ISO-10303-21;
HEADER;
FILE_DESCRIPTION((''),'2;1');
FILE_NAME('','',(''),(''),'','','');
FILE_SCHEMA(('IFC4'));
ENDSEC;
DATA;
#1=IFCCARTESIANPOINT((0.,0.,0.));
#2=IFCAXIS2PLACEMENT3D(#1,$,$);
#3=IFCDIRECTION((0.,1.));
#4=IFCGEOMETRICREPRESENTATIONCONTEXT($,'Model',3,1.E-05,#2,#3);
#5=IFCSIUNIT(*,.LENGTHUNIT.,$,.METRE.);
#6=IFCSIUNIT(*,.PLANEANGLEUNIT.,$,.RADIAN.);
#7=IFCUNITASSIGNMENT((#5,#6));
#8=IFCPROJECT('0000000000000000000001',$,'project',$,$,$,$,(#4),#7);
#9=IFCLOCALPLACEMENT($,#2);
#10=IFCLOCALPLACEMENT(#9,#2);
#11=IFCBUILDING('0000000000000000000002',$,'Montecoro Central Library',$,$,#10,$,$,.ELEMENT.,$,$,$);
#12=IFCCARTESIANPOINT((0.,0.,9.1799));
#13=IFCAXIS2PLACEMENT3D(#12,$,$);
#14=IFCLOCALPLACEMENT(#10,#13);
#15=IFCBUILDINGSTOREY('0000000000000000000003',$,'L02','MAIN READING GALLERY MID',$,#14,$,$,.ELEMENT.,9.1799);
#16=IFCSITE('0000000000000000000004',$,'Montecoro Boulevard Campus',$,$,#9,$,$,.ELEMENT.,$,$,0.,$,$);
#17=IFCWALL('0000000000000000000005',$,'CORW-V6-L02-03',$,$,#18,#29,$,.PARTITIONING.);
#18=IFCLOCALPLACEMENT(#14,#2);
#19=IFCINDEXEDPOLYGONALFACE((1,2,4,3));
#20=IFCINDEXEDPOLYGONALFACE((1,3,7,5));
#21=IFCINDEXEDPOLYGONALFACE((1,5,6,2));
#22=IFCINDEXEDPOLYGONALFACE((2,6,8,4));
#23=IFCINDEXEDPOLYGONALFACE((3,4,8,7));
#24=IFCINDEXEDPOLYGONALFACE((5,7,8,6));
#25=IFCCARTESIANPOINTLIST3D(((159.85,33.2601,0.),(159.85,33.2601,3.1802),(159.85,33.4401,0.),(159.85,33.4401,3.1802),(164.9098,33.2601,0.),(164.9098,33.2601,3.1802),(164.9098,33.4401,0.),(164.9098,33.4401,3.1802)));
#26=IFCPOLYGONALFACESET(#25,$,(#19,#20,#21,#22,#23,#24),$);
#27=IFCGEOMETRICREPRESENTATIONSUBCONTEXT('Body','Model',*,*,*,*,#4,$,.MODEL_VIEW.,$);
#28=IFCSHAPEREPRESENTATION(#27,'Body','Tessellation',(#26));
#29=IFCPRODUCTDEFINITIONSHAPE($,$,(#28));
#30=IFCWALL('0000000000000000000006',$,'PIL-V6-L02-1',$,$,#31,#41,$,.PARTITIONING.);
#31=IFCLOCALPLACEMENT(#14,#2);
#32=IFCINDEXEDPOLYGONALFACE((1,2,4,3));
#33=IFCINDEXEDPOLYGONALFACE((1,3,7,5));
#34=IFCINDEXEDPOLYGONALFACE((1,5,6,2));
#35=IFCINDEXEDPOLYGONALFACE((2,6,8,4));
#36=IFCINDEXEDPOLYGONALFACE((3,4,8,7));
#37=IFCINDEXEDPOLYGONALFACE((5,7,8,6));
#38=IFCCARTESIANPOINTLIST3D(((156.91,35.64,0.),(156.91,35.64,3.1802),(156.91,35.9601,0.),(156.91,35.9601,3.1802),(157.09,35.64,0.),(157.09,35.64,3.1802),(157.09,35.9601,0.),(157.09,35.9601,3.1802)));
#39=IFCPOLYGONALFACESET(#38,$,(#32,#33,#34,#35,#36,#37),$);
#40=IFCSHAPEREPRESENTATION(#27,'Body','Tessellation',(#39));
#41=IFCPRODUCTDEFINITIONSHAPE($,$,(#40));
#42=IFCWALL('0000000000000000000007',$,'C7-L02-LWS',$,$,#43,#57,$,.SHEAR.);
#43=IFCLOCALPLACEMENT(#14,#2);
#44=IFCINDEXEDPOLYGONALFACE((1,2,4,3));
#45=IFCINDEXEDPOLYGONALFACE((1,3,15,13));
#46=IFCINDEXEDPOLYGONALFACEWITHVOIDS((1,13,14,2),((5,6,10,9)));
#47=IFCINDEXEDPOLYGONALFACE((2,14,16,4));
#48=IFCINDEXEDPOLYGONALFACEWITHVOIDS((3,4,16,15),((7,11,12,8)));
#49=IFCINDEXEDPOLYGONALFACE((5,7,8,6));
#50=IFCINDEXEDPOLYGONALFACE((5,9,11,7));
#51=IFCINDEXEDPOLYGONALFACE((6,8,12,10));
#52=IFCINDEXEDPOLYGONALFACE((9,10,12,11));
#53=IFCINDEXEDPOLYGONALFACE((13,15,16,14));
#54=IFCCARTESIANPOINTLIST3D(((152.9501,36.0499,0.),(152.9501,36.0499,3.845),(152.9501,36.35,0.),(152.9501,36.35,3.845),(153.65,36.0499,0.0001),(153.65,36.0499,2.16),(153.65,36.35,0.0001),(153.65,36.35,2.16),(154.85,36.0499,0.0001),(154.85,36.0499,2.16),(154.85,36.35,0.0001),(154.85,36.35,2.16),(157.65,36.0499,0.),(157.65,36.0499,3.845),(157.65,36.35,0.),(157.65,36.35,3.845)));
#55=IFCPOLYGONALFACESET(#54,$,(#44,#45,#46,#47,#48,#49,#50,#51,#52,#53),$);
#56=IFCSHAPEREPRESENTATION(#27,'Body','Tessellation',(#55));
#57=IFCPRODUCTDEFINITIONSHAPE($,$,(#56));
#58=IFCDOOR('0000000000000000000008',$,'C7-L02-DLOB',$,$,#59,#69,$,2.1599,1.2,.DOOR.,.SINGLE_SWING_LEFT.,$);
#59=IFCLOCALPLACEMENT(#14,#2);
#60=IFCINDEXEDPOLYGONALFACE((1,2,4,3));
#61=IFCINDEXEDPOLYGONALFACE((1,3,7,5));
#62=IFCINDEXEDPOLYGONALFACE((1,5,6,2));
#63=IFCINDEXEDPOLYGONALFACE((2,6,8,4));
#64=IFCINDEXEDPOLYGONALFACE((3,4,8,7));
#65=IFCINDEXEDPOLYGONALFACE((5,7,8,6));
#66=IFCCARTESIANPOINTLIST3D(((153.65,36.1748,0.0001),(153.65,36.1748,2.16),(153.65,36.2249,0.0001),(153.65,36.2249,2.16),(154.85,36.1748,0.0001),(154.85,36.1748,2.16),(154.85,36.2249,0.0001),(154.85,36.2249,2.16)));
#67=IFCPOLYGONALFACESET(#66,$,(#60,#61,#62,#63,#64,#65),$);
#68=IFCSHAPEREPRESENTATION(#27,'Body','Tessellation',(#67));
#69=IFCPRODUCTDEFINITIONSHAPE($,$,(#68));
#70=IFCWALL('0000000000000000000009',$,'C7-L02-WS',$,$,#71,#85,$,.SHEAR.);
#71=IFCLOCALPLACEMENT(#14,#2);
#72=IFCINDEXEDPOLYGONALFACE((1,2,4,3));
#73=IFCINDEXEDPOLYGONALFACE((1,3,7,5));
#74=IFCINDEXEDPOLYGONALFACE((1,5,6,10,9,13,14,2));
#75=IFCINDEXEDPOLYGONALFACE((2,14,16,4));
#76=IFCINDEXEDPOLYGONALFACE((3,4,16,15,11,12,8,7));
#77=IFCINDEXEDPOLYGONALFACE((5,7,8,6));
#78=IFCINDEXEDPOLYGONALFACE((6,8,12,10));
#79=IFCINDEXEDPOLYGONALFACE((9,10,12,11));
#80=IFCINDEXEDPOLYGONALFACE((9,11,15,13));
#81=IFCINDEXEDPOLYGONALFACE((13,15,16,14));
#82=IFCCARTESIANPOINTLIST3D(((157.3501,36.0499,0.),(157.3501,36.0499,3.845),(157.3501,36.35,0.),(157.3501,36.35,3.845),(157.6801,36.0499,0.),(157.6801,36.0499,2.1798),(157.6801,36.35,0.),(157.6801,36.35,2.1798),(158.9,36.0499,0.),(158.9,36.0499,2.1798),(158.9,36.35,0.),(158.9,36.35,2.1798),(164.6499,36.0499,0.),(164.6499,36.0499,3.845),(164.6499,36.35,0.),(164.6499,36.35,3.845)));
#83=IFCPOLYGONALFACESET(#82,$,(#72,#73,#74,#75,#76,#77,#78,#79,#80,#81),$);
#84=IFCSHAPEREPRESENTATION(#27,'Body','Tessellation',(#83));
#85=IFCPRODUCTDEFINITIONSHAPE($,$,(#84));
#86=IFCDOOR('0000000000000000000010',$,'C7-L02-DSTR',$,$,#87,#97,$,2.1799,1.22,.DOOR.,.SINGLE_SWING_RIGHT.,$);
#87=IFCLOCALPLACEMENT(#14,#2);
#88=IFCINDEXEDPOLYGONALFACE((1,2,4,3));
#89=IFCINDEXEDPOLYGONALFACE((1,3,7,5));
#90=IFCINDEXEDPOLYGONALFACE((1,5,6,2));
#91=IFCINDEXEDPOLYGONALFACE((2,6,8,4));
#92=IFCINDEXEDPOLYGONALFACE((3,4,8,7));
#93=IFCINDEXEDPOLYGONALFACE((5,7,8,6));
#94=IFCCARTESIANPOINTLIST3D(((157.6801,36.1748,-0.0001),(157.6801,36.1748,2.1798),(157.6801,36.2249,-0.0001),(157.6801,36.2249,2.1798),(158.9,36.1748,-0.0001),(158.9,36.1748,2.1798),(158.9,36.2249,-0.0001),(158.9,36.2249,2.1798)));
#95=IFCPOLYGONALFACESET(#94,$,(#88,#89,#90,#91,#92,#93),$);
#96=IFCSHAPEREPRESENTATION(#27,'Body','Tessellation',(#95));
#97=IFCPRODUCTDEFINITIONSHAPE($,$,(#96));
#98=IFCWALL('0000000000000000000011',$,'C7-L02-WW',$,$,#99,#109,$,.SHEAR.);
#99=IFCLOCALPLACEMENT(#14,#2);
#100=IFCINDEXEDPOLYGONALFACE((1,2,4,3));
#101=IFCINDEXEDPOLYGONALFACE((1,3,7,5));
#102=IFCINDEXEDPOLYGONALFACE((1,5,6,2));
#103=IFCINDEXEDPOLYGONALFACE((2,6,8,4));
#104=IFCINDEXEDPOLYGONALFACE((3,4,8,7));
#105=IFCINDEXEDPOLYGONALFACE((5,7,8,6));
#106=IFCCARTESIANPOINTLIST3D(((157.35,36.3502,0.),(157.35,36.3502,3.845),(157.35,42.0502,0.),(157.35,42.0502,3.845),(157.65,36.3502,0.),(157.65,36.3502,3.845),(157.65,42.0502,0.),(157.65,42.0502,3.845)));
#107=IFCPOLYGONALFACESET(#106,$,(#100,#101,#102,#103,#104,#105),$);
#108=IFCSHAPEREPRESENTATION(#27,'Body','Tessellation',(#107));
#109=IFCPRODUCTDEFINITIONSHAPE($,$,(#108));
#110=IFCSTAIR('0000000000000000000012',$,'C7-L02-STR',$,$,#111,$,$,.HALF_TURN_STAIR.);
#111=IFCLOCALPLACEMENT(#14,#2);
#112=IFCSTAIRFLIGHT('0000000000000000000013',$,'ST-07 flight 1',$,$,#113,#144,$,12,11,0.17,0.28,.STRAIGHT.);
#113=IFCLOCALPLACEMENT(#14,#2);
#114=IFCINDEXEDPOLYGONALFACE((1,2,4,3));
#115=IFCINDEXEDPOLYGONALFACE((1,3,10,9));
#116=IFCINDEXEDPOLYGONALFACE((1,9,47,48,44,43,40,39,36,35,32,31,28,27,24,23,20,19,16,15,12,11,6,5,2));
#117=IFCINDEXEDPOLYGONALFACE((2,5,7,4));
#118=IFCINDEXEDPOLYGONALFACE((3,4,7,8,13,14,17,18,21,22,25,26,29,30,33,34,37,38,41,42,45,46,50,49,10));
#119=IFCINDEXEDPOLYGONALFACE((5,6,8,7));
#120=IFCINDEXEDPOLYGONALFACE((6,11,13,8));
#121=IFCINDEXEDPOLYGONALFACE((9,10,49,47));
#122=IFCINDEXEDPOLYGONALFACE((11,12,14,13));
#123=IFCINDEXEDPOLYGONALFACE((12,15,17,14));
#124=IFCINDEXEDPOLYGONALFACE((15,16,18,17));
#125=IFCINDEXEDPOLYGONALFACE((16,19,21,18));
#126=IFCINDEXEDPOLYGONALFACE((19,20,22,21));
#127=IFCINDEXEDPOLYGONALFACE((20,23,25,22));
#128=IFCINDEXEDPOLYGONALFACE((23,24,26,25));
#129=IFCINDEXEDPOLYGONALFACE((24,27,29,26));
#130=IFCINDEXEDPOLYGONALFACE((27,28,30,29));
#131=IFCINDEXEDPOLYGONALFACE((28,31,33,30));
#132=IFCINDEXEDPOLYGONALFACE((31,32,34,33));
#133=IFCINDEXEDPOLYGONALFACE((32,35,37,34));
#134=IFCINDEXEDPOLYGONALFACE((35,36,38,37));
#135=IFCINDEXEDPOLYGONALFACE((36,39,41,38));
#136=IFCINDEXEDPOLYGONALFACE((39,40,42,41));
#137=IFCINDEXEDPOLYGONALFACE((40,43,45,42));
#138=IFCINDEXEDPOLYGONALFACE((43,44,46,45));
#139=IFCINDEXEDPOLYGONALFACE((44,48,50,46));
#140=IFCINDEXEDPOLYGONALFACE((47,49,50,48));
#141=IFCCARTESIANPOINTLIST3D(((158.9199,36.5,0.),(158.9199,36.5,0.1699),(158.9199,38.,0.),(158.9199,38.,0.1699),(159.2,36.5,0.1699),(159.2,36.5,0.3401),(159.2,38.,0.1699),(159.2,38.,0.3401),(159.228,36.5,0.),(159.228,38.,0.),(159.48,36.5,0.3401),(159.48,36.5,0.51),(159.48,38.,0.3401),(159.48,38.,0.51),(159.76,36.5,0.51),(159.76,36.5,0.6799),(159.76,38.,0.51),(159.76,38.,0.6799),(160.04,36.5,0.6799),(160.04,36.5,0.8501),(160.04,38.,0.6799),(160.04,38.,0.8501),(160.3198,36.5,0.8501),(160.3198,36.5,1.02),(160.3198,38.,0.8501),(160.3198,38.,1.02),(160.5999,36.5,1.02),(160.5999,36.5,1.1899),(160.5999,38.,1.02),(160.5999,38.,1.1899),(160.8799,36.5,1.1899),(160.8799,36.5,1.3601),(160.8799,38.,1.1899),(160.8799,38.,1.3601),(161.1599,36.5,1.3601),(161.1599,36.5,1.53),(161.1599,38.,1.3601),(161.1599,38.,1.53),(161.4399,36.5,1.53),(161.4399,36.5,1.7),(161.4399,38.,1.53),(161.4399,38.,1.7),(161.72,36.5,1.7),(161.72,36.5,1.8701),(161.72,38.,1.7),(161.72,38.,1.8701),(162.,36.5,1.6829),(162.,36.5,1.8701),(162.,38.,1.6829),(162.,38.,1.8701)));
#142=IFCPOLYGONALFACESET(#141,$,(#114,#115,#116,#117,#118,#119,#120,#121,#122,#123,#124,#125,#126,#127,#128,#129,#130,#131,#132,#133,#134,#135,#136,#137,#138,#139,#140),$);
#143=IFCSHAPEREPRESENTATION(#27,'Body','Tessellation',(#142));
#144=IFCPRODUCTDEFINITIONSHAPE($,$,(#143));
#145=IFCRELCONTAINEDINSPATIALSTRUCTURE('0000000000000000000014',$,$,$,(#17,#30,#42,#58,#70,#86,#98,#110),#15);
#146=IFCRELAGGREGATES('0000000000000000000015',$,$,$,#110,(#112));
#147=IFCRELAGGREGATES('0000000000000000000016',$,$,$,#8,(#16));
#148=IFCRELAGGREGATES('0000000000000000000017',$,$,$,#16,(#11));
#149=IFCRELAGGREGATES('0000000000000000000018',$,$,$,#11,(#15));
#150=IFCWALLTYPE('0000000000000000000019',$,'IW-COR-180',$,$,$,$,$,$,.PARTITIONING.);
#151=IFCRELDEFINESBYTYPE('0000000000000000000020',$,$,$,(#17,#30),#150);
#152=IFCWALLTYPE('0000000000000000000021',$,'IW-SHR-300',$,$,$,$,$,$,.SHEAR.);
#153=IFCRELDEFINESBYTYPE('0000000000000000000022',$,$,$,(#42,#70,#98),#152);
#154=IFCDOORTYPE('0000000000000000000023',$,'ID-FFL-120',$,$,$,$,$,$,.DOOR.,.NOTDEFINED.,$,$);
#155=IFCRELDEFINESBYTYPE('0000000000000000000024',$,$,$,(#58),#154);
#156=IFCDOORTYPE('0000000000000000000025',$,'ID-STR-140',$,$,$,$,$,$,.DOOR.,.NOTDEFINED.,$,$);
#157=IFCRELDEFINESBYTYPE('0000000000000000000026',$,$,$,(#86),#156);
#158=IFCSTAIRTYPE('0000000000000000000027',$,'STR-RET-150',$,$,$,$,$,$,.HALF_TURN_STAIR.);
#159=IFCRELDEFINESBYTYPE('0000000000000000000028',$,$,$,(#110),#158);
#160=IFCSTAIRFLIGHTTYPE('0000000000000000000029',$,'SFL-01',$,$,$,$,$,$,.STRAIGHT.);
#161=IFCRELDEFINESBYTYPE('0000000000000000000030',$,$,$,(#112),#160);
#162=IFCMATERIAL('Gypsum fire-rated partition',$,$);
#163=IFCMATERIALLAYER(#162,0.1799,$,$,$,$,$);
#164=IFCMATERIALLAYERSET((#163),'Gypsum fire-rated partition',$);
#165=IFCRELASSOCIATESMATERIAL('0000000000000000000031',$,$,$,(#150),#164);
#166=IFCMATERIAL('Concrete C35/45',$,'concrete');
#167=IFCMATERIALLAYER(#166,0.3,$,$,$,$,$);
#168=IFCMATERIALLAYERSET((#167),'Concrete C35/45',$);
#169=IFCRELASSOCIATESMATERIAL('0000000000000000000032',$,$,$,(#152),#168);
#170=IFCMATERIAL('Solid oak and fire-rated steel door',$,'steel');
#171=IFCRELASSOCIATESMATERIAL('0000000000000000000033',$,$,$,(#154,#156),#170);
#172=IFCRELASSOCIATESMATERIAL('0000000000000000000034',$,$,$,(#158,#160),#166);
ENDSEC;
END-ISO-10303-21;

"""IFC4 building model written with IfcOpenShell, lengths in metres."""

from ifc_helpers import new_model, si_unit, direction, frame, frame_2d, origin, place, context, subcontext, project, spatial, polyline, rectangle, outline, extrude, material, layer, layer_set, type_object, element, fill, aggregate, save


model = new_model("IFC4")

# Units and contexts
model_context = context("Model", 3, precision=1e-05, world=origin(), true_north=direction((0.0, 1.0)))
body_context = subcontext(model_context, "Body", "Model", "MODEL_VIEW")
ifc_project = project(units=[si_unit("LENGTHUNIT", "METRE"), si_unit("PLANEANGLEUNIT", "RADIAN")], contexts=[model_context])

# Site, building, storey
site_placement = place(None, origin())
site = spatial("IfcSite", under=ifc_project, at=site_placement, Name="Montecoro Boulevard Campus", CompositionType="ELEMENT", RefElevation=0.0)
building_placement = place(site_placement, origin())
building = spatial("IfcBuilding", under=site, at=building_placement, Name="Montecoro Central Library", CompositionType="ELEMENT")
storey_placement = place(building_placement, frame((0.0, 0.0, 9.1799)))
storey = spatial("IfcBuildingStorey", under=building, at=storey_placement, Name="L02", Description="MAIN READING GALLERY MID", CompositionType="ELEMENT", Elevation=9.1799)

# Shared definitions
ifc_material_1 = material(Name="Concrete C35/45", Category="concrete")

# Shared definitions
ifc_material_2 = material(Name="Gypsum fire-rated partition")
ifc_layer_1 = layer(ifc_material_2, 0.1799)
ifc_layer_set_1 = layer_set([ifc_layer_1], Name="Gypsum fire-rated partition")
wall_type_1 = type_object("IfcWallType", Name="IW-COR-180", PredefinedType="PARTITIONING", material=ifc_layer_set_1)
ifc_material_3 = material(Name="Solid oak and fire-rated steel door", Category="steel")

# Walls
wall_1_placement = place(storey_placement, frame((159.8501, 33.3501, 0.0), z_axis=(0.0, 0.0, 1.0), x_axis=(1.0, 0.0, 0.0)))
element("IfcWall", 1, at=wall_1_placement, inside=storey, type_object=wall_type_1, Name="CORW-V6-L02-03", PredefinedType="PARTITIONING", context=body_context, shape_type="SweptSolid", body=[
    extrude(rectangle(XDim=5.0598, YDim=0.1799, at=frame_2d((2.5298, 0.0))), origin(), (0.0, 0.0, 1.0), 3.1802),
])
wall_2_placement = place(storey_placement, frame((157.0, 35.6399, 0.0), z_axis=(0.0, 0.0, 1.0), x_axis=(0.0, 1.0, 0.0)))
element("IfcWall", 2, at=wall_2_placement, inside=storey, type_object=wall_type_1, Name="PIL-V6-L02-1", PredefinedType="PARTITIONING", context=body_context, shape_type="SweptSolid", body=[
    extrude(rectangle(XDim=0.3201, YDim=0.1799, at=frame_2d((0.1602, 0.0))), origin(), (0.0, 0.0, 1.0), 3.1802),
])

# Walls, openings, doors
ifc_layer_2 = layer(ifc_material_1, 0.3)
ifc_layer_set_2 = layer_set([ifc_layer_2], Name="Concrete C35/45")
wall_type_2 = type_object("IfcWallType", Name="IW-SHR-300", PredefinedType="SHEAR", material=ifc_layer_set_2)
wall_3_placement = place(storey_placement, frame((152.95, 36.2, 0.0), z_axis=(0.0, 0.0, 1.0), x_axis=(1.0, 0.0, 0.0)))
wall_3 = element("IfcWall", 3, at=wall_3_placement, inside=storey, type_object=wall_type_2, Name="C7-L02-LWS", PredefinedType="SHEAR", context=body_context, shape_type="SweptSolid", body=[
    extrude(rectangle(XDim=4.7, YDim=0.3, at=frame_2d((2.3501, 0.0))), origin(), (0.0, 0.0, 1.0), 3.845),
])
opening_1_placement = place(wall_3_placement, frame((0.7, 0.0, 0.0)))
opening_1 = element("IfcOpeningElement", 4, at=opening_1_placement, cuts=wall_3, PredefinedType="OPENING", context=body_context, shape_type="SweptSolid", body=[
    extrude(rectangle(XDim=1.2, YDim=2.1599, at=frame_2d((0.6001, 1.0801))), frame((0.0, 0.1599, 0.0), z_axis=(0.0, -1.0, 0.0), x_axis=(1.0, 0.0, 0.0)), (0.0, 0.0, 1.0), 0.3201),
])
door_type_1 = type_object("IfcDoorType", Name="ID-FFL-120", OperationType="NOTDEFINED", PredefinedType="DOOR", material=ifc_material_3)
door_1_placement = place(opening_1_placement, origin())
door_1 = element("IfcDoor", 5, at=door_1_placement, inside=storey, type_object=door_type_1, Name="C7-L02-DLOB", OperationType="SINGLE_SWING_LEFT", OverallHeight=2.1599, OverallWidth=1.2, PredefinedType="DOOR", context=body_context, shape_type="SweptSolid", body=[
    extrude(rectangle(XDim=1.2, YDim=2.1599, at=frame_2d((0.6001, 1.0801))), frame((0.0, 0.0249, 0.0), z_axis=(0.0, -1.0, 0.0), x_axis=(1.0, 0.0, 0.0)), (0.0, 0.0, 1.0), 0.05),
])
fill(opening_1, door_1)
wall_4_placement = place(storey_placement, frame((157.3501, 36.2, 0.0), z_axis=(0.0, 0.0, 1.0), x_axis=(1.0, 0.0, 0.0)))
wall_4 = element("IfcWall", 6, at=wall_4_placement, inside=storey, type_object=wall_type_2, Name="C7-L02-WS", PredefinedType="SHEAR", context=body_context, shape_type="SweptSolid", body=[
    extrude(rectangle(XDim=7.2998, YDim=0.3, at=frame_2d((3.6499, 0.0))), origin(), (0.0, 0.0, 1.0), 3.845),
])
opening_2_placement = place(wall_4_placement, frame((0.3301, 0.0, 0.0)))
opening_2 = element("IfcOpeningElement", 7, at=opening_2_placement, cuts=wall_4, PredefinedType="OPENING", context=body_context, shape_type="SweptSolid", body=[
    extrude(rectangle(XDim=1.22, YDim=2.1799, at=frame_2d((0.6099, 1.0898))), frame((0.0, 0.1599, 0.0), z_axis=(0.0, -1.0, 0.0), x_axis=(1.0, 0.0, 0.0)), (0.0, 0.0, 1.0), 0.3201),
])
door_type_2 = type_object("IfcDoorType", Name="ID-STR-140", OperationType="NOTDEFINED", PredefinedType="DOOR", material=ifc_material_3)
door_2_placement = place(opening_2_placement, origin())
door_2 = element("IfcDoor", 8, at=door_2_placement, inside=storey, type_object=door_type_2, Name="C7-L02-DSTR", OperationType="SINGLE_SWING_RIGHT", OverallHeight=2.1799, OverallWidth=1.22, PredefinedType="DOOR", context=body_context, shape_type="SweptSolid", body=[
    extrude(rectangle(XDim=1.22, YDim=2.1799, at=frame_2d((0.6099, 1.0898))), frame((0.0, 0.0249, 0.0), z_axis=(0.0, -1.0, 0.0), x_axis=(1.0, 0.0, 0.0)), (0.0, 0.0, 1.0), 0.05),
])
fill(opening_2, door_2)

# Wall
wall_5_placement = place(storey_placement, frame((157.5, 36.3501, 0.0), z_axis=(0.0, 0.0, 1.0), x_axis=(0.0, 1.0, 0.0)))
element("IfcWall", 9, at=wall_5_placement, inside=storey, type_object=wall_type_2, Name="C7-L02-WW", PredefinedType="SHEAR", context=body_context, shape_type="SweptSolid", body=[
    extrude(rectangle(XDim=5.7, YDim=0.3, at=frame_2d((2.8501, 0.0))), origin(), (0.0, 0.0, 1.0), 3.845),
])

# Stair, stair flight
stair_type = type_object("IfcStairType", Name="STR-RET-150", PredefinedType="HALF_TURN_STAIR", material=ifc_material_1)
stair_placement = place(storey_placement, origin())
stair = element("IfcStair", 10, at=stair_placement, inside=storey, type_object=stair_type, Name="C7-L02-STR", PredefinedType="HALF_TURN_STAIR")
stair_flight_type = type_object("IfcStairFlightType", Name="SFL-01", PredefinedType="STRAIGHT", material=ifc_material_1)
stair_flight_placement = place(storey_placement, frame((158.9199, 37.25, 0.0), z_axis=(0.0, 0.0, 1.0), x_axis=(1.0, 0.0, 0.0)))
stair_flight = element("IfcStairFlight", 11, at=stair_flight_placement, type_object=stair_flight_type, Name="ST-07 flight 1", NumberOfRisers=12, NumberOfTreads=11, PredefinedType="STRAIGHT", RiserHeight=0.17, TreadLength=0.28, context=body_context, shape_type="SweptSolid", body=[
    extrude(outline(polyline([(0.0, 0.0), (0.0, 0.1699), (0.28, 0.1699), (0.28, 0.3401), (0.5601, 0.3401), (0.5601, 0.51), (0.8401, 0.51), (0.8401, 0.6799), (1.1201, 0.6799), (1.1201, 0.8501), (1.3999, 0.8501), (1.3999, 1.02), (1.6799, 1.02), (1.6799, 1.1899), (1.96, 1.1899), (1.96, 1.3601), (2.24, 1.3601), (2.24, 1.53), (2.52, 1.53), (2.52, 1.7), (2.8, 1.7), (2.8, 1.8701), (3.0801, 1.8701), (3.0801, 2.04), (3.0801, 1.6829), (0.3081, 0.0), (0.0, 0.0)])), frame((0.0, 0.75, 0.0), z_axis=(0.0, -1.0, 0.0), x_axis=(1.0, 0.0, 0.0)), (0.0, 0.0, 1.0), 1.5),
])
aggregate(stair, [stair_flight])

save(model, "model.ifc")
